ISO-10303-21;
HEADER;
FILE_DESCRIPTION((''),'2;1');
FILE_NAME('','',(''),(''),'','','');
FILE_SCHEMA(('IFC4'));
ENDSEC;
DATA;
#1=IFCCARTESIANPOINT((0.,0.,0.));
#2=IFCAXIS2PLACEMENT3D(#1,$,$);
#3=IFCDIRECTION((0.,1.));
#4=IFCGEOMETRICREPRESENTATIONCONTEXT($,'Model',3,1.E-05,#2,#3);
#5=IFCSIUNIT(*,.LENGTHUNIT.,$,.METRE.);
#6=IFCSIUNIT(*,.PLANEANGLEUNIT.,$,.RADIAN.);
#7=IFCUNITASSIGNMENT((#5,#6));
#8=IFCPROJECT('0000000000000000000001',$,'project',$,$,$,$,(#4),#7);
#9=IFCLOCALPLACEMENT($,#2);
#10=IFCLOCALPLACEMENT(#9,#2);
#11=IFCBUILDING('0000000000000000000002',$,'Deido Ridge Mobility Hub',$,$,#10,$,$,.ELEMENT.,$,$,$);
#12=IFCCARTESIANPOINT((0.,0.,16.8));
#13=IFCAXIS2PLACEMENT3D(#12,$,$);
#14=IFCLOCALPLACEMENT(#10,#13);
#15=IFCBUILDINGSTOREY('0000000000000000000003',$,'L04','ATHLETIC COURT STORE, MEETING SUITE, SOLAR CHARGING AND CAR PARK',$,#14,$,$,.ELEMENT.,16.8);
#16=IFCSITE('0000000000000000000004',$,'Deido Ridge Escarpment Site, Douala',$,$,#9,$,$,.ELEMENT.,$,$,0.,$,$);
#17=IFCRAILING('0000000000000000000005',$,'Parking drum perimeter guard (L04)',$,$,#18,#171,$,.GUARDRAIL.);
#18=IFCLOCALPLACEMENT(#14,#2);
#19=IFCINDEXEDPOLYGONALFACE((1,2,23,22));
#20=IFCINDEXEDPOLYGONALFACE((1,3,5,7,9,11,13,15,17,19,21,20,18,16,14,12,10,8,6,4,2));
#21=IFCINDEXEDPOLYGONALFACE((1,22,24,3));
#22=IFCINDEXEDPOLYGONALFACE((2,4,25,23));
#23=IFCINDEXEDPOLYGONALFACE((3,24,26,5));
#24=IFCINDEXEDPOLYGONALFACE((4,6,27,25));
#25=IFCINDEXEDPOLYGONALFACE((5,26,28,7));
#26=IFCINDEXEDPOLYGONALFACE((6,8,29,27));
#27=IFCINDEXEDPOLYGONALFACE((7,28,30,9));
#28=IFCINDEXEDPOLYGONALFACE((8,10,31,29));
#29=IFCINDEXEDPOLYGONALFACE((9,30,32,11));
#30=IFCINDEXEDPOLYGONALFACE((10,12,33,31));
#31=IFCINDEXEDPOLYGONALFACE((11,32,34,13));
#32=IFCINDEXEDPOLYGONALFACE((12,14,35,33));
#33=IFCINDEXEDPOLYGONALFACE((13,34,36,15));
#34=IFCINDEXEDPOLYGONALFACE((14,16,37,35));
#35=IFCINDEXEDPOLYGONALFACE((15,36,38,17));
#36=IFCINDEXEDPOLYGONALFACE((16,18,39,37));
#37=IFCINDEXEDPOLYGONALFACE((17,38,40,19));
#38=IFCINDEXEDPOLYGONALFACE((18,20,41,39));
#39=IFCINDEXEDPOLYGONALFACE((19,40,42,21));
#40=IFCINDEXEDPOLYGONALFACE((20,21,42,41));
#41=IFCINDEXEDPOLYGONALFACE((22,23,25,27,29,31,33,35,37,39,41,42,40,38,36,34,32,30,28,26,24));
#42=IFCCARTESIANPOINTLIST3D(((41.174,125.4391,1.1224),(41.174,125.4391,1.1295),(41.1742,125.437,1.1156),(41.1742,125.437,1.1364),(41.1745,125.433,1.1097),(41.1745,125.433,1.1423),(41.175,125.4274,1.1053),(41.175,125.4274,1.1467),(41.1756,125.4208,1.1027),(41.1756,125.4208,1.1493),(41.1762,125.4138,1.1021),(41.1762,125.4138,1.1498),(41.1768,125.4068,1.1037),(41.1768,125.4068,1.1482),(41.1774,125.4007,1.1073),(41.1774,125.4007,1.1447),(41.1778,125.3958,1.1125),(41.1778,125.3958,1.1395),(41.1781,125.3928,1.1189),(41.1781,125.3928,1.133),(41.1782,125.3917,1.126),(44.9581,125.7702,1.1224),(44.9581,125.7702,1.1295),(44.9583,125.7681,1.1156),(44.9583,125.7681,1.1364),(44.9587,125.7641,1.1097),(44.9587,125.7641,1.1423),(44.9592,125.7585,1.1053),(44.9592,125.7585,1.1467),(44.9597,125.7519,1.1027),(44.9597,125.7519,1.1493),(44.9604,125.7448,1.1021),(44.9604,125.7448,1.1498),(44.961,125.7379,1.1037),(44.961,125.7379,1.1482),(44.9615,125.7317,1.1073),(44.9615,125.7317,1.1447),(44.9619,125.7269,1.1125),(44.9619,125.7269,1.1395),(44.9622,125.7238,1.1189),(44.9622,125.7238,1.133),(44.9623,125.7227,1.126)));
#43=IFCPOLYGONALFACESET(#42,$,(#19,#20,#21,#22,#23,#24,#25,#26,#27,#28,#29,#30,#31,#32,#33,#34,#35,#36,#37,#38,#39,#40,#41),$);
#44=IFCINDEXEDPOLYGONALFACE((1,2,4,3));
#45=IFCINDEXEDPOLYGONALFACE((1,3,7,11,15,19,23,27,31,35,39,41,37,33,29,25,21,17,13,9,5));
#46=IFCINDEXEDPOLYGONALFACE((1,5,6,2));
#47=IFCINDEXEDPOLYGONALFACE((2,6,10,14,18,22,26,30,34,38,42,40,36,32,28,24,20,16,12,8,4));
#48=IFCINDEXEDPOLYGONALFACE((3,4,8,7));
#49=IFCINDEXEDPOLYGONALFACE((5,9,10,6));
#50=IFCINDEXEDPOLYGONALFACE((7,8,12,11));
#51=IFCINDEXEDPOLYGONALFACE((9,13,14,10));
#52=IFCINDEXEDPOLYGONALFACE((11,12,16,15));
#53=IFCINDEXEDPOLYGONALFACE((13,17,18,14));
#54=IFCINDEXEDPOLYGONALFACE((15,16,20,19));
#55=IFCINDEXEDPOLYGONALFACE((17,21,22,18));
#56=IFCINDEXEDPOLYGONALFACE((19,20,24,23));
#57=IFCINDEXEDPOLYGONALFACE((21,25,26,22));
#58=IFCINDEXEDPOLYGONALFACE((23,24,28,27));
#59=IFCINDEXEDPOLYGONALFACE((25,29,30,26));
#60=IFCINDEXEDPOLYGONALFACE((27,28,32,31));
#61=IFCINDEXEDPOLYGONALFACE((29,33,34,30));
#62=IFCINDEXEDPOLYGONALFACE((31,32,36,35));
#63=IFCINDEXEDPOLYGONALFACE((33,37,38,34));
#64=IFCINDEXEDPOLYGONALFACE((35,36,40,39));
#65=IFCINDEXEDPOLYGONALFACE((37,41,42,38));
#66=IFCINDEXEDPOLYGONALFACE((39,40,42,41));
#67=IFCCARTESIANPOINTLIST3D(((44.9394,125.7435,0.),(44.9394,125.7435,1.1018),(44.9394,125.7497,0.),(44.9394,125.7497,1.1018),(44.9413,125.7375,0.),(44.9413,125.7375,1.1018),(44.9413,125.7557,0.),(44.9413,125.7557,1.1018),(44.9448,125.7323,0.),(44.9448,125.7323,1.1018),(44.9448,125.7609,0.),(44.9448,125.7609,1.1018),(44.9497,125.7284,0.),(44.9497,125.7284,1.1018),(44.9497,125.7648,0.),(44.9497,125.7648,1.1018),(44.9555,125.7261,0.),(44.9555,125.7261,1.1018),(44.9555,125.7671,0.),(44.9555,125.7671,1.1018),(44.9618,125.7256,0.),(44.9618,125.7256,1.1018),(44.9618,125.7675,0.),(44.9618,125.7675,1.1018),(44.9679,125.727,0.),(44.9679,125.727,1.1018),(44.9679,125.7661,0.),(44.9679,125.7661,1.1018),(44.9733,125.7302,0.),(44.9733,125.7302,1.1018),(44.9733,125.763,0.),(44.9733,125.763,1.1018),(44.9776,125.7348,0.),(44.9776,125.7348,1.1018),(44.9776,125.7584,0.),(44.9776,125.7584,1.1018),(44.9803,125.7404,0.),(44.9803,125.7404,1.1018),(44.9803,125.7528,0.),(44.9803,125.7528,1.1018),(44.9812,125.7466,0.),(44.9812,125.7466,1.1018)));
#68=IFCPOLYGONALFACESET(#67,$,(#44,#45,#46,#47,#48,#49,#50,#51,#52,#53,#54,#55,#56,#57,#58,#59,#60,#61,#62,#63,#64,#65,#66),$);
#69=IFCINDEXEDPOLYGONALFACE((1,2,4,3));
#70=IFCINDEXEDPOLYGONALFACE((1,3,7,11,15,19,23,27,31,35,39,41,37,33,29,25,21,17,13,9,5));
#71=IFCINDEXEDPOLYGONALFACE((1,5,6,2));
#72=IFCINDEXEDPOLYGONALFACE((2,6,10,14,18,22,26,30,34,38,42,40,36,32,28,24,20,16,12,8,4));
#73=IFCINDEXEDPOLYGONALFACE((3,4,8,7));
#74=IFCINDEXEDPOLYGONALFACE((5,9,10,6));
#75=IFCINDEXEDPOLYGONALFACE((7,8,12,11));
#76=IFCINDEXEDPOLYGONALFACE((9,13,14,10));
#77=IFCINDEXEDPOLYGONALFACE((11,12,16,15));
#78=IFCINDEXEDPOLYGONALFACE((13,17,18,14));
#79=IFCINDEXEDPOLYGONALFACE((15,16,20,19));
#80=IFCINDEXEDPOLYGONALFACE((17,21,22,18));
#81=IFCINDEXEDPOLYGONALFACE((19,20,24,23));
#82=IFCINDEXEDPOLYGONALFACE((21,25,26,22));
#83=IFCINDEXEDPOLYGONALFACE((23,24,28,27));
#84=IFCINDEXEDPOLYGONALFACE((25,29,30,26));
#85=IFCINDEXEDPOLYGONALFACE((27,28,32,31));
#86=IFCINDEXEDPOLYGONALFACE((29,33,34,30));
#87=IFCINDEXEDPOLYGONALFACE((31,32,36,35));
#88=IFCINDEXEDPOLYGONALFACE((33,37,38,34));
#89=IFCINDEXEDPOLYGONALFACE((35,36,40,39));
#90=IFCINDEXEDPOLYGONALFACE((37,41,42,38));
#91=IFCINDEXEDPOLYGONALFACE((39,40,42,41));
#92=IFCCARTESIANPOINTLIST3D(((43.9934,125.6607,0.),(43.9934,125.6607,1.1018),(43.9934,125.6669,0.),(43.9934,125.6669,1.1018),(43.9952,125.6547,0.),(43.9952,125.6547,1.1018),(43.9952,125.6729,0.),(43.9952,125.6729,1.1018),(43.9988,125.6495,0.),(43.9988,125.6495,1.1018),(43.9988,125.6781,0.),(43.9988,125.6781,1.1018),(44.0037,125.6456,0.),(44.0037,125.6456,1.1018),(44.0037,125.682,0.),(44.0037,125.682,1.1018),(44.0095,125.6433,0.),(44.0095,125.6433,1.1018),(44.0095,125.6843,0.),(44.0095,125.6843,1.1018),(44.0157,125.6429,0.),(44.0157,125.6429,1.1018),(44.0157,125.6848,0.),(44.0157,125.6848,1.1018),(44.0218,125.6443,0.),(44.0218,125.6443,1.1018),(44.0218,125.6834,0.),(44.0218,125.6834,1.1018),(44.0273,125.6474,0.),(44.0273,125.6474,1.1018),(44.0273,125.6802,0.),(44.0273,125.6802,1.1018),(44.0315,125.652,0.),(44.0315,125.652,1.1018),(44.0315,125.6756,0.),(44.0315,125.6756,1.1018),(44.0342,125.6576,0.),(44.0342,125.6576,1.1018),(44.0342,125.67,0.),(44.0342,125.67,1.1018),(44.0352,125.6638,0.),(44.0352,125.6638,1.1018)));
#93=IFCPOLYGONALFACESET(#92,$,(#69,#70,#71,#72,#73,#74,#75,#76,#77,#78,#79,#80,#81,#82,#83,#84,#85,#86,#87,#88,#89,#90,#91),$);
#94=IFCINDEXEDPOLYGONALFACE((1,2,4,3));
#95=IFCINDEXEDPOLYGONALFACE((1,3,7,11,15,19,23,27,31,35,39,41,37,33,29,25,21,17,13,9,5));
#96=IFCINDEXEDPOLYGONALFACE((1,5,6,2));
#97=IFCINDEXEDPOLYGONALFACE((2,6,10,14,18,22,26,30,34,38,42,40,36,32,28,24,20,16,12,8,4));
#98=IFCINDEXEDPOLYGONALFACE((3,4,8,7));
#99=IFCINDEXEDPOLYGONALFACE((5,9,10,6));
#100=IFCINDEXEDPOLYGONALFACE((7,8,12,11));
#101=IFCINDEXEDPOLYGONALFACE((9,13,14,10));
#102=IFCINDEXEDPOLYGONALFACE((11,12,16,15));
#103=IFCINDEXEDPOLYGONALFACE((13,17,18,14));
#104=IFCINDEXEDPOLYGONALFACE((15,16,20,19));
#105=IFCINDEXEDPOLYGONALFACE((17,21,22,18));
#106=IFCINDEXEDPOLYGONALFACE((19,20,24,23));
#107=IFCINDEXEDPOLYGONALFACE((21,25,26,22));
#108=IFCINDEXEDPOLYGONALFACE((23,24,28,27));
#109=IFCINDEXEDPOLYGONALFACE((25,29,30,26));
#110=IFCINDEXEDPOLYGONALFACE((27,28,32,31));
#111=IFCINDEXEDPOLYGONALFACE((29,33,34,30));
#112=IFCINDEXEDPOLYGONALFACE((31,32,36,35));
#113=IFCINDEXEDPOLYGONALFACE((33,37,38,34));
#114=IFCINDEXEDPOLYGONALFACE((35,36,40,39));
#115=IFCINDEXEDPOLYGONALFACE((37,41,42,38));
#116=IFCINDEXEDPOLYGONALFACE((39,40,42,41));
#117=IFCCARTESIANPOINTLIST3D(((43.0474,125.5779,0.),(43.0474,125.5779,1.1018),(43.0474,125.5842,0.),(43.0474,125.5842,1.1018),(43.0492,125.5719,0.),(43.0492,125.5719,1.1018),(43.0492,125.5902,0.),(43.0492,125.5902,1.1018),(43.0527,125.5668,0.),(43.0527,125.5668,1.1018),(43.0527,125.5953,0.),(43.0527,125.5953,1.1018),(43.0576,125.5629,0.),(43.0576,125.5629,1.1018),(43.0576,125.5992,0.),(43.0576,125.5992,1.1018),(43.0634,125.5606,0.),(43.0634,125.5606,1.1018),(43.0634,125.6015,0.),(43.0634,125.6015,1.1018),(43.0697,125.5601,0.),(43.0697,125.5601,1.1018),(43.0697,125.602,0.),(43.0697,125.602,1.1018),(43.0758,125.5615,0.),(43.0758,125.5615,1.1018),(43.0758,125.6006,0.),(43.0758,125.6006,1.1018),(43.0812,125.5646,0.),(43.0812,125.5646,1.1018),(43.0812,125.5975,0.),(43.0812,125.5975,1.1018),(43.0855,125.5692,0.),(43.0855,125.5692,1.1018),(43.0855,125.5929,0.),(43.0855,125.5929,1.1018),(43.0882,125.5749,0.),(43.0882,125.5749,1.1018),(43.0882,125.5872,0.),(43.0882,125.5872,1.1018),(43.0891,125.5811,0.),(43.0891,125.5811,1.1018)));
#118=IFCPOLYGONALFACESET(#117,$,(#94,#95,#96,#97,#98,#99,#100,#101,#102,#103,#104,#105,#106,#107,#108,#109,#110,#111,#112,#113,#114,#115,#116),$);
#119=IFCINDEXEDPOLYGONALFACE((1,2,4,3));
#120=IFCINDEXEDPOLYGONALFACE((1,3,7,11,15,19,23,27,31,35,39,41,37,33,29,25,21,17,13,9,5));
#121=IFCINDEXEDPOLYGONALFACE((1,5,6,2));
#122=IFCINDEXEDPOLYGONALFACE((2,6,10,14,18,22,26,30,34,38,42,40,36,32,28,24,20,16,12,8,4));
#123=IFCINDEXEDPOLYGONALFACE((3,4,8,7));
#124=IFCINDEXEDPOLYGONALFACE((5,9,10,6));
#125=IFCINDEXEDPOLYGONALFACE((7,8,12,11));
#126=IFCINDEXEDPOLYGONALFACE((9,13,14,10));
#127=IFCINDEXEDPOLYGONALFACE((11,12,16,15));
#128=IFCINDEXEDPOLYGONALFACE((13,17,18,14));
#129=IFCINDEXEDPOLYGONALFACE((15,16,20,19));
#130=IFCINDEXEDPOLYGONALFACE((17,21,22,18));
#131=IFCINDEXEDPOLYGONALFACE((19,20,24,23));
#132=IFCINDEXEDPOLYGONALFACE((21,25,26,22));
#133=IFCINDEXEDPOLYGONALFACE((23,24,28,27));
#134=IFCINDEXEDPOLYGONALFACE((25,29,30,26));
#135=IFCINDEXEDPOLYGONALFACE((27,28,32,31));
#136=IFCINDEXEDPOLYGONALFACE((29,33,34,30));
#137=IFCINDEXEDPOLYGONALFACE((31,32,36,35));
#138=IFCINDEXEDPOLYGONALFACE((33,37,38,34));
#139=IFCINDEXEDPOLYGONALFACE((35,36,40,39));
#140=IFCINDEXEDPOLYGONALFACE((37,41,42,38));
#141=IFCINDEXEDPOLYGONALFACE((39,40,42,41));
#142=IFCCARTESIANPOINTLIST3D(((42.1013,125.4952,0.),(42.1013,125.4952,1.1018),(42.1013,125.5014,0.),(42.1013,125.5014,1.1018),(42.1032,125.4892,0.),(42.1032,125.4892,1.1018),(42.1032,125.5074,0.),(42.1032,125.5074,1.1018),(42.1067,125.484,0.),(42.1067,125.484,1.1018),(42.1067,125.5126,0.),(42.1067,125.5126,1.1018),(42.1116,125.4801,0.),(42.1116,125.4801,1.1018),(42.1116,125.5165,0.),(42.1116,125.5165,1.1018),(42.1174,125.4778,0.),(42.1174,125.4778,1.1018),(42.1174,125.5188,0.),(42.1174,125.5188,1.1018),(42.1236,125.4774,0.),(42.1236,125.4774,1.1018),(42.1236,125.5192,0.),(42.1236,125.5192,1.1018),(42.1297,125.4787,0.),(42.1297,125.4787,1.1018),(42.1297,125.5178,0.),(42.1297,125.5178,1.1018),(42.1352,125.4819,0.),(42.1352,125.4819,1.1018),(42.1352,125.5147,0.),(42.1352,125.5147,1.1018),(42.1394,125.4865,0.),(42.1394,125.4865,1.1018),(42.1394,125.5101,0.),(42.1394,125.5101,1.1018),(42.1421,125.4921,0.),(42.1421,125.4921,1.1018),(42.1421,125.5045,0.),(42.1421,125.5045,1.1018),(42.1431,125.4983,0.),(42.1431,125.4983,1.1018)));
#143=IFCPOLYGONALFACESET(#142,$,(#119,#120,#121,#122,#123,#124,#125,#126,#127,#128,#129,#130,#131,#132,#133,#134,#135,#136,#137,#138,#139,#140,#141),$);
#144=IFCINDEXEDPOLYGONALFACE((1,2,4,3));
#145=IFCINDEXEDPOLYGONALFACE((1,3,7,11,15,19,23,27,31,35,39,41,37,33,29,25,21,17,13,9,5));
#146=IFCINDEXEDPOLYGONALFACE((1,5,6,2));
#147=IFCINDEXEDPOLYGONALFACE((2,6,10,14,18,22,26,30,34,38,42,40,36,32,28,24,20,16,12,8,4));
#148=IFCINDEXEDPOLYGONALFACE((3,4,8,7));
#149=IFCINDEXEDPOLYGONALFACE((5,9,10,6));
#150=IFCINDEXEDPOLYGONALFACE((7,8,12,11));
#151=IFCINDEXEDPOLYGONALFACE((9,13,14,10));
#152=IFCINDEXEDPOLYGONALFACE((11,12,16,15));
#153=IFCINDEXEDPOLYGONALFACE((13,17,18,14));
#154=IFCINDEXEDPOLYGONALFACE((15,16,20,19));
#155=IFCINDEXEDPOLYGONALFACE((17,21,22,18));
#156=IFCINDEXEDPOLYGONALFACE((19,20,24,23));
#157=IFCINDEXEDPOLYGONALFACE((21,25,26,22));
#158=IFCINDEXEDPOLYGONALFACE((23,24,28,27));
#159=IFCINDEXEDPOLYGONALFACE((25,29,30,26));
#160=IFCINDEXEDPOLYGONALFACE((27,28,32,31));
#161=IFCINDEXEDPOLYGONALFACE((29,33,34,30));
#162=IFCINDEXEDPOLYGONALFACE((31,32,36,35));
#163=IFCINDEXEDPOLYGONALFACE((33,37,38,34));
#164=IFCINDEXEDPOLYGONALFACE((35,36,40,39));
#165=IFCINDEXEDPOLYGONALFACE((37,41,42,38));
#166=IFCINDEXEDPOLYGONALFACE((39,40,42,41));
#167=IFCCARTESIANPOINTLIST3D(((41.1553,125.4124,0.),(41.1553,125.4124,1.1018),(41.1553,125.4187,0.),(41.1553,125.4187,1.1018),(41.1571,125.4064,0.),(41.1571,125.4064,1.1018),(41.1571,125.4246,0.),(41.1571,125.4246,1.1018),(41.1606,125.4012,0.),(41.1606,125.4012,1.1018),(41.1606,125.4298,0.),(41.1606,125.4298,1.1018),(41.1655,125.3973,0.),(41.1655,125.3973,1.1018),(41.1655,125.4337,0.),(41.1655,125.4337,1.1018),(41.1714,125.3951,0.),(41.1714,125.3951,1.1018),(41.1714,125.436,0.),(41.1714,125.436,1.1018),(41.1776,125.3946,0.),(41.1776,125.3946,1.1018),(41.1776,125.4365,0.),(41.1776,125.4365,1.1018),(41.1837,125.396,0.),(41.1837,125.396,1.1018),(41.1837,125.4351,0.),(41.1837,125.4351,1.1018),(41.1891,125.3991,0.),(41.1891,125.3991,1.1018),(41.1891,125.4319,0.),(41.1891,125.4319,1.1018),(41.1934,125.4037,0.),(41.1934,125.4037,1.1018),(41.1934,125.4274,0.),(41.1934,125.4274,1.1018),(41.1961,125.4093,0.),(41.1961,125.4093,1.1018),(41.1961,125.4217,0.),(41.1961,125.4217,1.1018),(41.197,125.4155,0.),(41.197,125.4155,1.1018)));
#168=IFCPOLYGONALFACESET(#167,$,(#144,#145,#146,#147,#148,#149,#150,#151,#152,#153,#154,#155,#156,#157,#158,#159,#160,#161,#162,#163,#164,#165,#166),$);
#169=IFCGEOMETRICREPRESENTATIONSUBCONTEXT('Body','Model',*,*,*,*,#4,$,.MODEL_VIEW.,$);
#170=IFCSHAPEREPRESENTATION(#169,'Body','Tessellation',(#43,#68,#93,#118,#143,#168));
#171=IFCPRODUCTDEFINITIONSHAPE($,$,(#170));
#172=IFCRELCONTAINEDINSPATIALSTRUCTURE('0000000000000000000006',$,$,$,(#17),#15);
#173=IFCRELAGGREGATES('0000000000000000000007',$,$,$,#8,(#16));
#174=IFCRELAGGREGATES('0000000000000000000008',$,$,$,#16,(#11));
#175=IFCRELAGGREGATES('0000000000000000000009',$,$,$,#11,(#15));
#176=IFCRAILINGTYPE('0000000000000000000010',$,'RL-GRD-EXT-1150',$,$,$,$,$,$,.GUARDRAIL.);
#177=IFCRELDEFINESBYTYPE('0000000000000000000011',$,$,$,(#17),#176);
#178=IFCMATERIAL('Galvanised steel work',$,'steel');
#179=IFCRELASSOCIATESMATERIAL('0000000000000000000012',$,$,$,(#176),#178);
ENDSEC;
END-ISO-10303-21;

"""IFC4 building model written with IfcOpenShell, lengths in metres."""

from ifc_helpers import new_model, si_unit, direction, frame, origin, origin_2d, place, context, subcontext, project, spatial, circle, extrude, material, type_object, element, save


model = new_model("IFC4")

# Units and contexts
model_context = context("Model", 3, precision=1e-05, world=origin(), true_north=direction((0.0, 1.0)))
body_context = subcontext(model_context, "Body", "Model", "MODEL_VIEW")
ifc_project = project(units=[si_unit("LENGTHUNIT", "METRE"), si_unit("PLANEANGLEUNIT", "RADIAN")], contexts=[model_context])

# Site, building, storey
site_placement = place(None, origin())
site = spatial("IfcSite", under=ifc_project, at=site_placement, Name="Deido Ridge Escarpment Site, Douala", CompositionType="ELEMENT", RefElevation=0.0)
building_placement = place(site_placement, origin())
building = spatial("IfcBuilding", under=site, at=building_placement, Name="Deido Ridge Mobility Hub", CompositionType="ELEMENT")
storey_placement = place(building_placement, frame((0.0, 0.0, 16.8)))
storey = spatial("IfcBuildingStorey", under=building, at=storey_placement, Name="L04", Description="ATHLETIC COURT STORE, MEETING SUITE, SOLAR CHARGING AND CAR PARK", CompositionType="ELEMENT", Elevation=16.8)

# Railing
ifc_material_1 = material(Name="Galvanised steel work", Category="steel")
railing_type = type_object("IfcRailingType", Name="RL-GRD-EXT-1150", PredefinedType="GUARDRAIL", material=ifc_material_1)
railing_1_placement = place(storey_placement, frame((44.9602, 125.7466, 0.0)))
element("IfcRailing", 1, at=railing_1_placement, inside=storey, type_object=railing_type, Name="Parking drum perimeter guard (L04)", PredefinedType="GUARDRAIL", context=body_context, shape_type="SweptSolid", body=[
    extrude(circle(Radius=0.0239, at=origin_2d()), frame((0.0, 0.0, 1.126), z_axis=(-0.996195, -0.087151, 0.0), x_axis=(0.087151, -0.996195, 0.0)), (0.0, 0.0, 1.0), 3.7986),
    extrude(circle(Radius=0.021, at=origin_2d()), origin(), (0.0, 0.0, 1.0), 1.1018),
    extrude(circle(Radius=0.021, at=origin_2d()), frame((-0.946, -0.0828, 0.0)), (0.0, 0.0, 1.0), 1.1018),
    extrude(circle(Radius=0.021, at=origin_2d()), frame((-1.8921, -0.1655, 0.0)), (0.0, 0.0, 1.0), 1.1018),
    extrude(circle(Radius=0.021, at=origin_2d()), frame((-2.8381, -0.2483, 0.0)), (0.0, 0.0, 1.0), 1.1018),
    extrude(circle(Radius=0.021, at=origin_2d()), frame((-3.7842, -0.3311, 0.0)), (0.0, 0.0, 1.0), 1.1018),
])

save(model, "model.ifc")
